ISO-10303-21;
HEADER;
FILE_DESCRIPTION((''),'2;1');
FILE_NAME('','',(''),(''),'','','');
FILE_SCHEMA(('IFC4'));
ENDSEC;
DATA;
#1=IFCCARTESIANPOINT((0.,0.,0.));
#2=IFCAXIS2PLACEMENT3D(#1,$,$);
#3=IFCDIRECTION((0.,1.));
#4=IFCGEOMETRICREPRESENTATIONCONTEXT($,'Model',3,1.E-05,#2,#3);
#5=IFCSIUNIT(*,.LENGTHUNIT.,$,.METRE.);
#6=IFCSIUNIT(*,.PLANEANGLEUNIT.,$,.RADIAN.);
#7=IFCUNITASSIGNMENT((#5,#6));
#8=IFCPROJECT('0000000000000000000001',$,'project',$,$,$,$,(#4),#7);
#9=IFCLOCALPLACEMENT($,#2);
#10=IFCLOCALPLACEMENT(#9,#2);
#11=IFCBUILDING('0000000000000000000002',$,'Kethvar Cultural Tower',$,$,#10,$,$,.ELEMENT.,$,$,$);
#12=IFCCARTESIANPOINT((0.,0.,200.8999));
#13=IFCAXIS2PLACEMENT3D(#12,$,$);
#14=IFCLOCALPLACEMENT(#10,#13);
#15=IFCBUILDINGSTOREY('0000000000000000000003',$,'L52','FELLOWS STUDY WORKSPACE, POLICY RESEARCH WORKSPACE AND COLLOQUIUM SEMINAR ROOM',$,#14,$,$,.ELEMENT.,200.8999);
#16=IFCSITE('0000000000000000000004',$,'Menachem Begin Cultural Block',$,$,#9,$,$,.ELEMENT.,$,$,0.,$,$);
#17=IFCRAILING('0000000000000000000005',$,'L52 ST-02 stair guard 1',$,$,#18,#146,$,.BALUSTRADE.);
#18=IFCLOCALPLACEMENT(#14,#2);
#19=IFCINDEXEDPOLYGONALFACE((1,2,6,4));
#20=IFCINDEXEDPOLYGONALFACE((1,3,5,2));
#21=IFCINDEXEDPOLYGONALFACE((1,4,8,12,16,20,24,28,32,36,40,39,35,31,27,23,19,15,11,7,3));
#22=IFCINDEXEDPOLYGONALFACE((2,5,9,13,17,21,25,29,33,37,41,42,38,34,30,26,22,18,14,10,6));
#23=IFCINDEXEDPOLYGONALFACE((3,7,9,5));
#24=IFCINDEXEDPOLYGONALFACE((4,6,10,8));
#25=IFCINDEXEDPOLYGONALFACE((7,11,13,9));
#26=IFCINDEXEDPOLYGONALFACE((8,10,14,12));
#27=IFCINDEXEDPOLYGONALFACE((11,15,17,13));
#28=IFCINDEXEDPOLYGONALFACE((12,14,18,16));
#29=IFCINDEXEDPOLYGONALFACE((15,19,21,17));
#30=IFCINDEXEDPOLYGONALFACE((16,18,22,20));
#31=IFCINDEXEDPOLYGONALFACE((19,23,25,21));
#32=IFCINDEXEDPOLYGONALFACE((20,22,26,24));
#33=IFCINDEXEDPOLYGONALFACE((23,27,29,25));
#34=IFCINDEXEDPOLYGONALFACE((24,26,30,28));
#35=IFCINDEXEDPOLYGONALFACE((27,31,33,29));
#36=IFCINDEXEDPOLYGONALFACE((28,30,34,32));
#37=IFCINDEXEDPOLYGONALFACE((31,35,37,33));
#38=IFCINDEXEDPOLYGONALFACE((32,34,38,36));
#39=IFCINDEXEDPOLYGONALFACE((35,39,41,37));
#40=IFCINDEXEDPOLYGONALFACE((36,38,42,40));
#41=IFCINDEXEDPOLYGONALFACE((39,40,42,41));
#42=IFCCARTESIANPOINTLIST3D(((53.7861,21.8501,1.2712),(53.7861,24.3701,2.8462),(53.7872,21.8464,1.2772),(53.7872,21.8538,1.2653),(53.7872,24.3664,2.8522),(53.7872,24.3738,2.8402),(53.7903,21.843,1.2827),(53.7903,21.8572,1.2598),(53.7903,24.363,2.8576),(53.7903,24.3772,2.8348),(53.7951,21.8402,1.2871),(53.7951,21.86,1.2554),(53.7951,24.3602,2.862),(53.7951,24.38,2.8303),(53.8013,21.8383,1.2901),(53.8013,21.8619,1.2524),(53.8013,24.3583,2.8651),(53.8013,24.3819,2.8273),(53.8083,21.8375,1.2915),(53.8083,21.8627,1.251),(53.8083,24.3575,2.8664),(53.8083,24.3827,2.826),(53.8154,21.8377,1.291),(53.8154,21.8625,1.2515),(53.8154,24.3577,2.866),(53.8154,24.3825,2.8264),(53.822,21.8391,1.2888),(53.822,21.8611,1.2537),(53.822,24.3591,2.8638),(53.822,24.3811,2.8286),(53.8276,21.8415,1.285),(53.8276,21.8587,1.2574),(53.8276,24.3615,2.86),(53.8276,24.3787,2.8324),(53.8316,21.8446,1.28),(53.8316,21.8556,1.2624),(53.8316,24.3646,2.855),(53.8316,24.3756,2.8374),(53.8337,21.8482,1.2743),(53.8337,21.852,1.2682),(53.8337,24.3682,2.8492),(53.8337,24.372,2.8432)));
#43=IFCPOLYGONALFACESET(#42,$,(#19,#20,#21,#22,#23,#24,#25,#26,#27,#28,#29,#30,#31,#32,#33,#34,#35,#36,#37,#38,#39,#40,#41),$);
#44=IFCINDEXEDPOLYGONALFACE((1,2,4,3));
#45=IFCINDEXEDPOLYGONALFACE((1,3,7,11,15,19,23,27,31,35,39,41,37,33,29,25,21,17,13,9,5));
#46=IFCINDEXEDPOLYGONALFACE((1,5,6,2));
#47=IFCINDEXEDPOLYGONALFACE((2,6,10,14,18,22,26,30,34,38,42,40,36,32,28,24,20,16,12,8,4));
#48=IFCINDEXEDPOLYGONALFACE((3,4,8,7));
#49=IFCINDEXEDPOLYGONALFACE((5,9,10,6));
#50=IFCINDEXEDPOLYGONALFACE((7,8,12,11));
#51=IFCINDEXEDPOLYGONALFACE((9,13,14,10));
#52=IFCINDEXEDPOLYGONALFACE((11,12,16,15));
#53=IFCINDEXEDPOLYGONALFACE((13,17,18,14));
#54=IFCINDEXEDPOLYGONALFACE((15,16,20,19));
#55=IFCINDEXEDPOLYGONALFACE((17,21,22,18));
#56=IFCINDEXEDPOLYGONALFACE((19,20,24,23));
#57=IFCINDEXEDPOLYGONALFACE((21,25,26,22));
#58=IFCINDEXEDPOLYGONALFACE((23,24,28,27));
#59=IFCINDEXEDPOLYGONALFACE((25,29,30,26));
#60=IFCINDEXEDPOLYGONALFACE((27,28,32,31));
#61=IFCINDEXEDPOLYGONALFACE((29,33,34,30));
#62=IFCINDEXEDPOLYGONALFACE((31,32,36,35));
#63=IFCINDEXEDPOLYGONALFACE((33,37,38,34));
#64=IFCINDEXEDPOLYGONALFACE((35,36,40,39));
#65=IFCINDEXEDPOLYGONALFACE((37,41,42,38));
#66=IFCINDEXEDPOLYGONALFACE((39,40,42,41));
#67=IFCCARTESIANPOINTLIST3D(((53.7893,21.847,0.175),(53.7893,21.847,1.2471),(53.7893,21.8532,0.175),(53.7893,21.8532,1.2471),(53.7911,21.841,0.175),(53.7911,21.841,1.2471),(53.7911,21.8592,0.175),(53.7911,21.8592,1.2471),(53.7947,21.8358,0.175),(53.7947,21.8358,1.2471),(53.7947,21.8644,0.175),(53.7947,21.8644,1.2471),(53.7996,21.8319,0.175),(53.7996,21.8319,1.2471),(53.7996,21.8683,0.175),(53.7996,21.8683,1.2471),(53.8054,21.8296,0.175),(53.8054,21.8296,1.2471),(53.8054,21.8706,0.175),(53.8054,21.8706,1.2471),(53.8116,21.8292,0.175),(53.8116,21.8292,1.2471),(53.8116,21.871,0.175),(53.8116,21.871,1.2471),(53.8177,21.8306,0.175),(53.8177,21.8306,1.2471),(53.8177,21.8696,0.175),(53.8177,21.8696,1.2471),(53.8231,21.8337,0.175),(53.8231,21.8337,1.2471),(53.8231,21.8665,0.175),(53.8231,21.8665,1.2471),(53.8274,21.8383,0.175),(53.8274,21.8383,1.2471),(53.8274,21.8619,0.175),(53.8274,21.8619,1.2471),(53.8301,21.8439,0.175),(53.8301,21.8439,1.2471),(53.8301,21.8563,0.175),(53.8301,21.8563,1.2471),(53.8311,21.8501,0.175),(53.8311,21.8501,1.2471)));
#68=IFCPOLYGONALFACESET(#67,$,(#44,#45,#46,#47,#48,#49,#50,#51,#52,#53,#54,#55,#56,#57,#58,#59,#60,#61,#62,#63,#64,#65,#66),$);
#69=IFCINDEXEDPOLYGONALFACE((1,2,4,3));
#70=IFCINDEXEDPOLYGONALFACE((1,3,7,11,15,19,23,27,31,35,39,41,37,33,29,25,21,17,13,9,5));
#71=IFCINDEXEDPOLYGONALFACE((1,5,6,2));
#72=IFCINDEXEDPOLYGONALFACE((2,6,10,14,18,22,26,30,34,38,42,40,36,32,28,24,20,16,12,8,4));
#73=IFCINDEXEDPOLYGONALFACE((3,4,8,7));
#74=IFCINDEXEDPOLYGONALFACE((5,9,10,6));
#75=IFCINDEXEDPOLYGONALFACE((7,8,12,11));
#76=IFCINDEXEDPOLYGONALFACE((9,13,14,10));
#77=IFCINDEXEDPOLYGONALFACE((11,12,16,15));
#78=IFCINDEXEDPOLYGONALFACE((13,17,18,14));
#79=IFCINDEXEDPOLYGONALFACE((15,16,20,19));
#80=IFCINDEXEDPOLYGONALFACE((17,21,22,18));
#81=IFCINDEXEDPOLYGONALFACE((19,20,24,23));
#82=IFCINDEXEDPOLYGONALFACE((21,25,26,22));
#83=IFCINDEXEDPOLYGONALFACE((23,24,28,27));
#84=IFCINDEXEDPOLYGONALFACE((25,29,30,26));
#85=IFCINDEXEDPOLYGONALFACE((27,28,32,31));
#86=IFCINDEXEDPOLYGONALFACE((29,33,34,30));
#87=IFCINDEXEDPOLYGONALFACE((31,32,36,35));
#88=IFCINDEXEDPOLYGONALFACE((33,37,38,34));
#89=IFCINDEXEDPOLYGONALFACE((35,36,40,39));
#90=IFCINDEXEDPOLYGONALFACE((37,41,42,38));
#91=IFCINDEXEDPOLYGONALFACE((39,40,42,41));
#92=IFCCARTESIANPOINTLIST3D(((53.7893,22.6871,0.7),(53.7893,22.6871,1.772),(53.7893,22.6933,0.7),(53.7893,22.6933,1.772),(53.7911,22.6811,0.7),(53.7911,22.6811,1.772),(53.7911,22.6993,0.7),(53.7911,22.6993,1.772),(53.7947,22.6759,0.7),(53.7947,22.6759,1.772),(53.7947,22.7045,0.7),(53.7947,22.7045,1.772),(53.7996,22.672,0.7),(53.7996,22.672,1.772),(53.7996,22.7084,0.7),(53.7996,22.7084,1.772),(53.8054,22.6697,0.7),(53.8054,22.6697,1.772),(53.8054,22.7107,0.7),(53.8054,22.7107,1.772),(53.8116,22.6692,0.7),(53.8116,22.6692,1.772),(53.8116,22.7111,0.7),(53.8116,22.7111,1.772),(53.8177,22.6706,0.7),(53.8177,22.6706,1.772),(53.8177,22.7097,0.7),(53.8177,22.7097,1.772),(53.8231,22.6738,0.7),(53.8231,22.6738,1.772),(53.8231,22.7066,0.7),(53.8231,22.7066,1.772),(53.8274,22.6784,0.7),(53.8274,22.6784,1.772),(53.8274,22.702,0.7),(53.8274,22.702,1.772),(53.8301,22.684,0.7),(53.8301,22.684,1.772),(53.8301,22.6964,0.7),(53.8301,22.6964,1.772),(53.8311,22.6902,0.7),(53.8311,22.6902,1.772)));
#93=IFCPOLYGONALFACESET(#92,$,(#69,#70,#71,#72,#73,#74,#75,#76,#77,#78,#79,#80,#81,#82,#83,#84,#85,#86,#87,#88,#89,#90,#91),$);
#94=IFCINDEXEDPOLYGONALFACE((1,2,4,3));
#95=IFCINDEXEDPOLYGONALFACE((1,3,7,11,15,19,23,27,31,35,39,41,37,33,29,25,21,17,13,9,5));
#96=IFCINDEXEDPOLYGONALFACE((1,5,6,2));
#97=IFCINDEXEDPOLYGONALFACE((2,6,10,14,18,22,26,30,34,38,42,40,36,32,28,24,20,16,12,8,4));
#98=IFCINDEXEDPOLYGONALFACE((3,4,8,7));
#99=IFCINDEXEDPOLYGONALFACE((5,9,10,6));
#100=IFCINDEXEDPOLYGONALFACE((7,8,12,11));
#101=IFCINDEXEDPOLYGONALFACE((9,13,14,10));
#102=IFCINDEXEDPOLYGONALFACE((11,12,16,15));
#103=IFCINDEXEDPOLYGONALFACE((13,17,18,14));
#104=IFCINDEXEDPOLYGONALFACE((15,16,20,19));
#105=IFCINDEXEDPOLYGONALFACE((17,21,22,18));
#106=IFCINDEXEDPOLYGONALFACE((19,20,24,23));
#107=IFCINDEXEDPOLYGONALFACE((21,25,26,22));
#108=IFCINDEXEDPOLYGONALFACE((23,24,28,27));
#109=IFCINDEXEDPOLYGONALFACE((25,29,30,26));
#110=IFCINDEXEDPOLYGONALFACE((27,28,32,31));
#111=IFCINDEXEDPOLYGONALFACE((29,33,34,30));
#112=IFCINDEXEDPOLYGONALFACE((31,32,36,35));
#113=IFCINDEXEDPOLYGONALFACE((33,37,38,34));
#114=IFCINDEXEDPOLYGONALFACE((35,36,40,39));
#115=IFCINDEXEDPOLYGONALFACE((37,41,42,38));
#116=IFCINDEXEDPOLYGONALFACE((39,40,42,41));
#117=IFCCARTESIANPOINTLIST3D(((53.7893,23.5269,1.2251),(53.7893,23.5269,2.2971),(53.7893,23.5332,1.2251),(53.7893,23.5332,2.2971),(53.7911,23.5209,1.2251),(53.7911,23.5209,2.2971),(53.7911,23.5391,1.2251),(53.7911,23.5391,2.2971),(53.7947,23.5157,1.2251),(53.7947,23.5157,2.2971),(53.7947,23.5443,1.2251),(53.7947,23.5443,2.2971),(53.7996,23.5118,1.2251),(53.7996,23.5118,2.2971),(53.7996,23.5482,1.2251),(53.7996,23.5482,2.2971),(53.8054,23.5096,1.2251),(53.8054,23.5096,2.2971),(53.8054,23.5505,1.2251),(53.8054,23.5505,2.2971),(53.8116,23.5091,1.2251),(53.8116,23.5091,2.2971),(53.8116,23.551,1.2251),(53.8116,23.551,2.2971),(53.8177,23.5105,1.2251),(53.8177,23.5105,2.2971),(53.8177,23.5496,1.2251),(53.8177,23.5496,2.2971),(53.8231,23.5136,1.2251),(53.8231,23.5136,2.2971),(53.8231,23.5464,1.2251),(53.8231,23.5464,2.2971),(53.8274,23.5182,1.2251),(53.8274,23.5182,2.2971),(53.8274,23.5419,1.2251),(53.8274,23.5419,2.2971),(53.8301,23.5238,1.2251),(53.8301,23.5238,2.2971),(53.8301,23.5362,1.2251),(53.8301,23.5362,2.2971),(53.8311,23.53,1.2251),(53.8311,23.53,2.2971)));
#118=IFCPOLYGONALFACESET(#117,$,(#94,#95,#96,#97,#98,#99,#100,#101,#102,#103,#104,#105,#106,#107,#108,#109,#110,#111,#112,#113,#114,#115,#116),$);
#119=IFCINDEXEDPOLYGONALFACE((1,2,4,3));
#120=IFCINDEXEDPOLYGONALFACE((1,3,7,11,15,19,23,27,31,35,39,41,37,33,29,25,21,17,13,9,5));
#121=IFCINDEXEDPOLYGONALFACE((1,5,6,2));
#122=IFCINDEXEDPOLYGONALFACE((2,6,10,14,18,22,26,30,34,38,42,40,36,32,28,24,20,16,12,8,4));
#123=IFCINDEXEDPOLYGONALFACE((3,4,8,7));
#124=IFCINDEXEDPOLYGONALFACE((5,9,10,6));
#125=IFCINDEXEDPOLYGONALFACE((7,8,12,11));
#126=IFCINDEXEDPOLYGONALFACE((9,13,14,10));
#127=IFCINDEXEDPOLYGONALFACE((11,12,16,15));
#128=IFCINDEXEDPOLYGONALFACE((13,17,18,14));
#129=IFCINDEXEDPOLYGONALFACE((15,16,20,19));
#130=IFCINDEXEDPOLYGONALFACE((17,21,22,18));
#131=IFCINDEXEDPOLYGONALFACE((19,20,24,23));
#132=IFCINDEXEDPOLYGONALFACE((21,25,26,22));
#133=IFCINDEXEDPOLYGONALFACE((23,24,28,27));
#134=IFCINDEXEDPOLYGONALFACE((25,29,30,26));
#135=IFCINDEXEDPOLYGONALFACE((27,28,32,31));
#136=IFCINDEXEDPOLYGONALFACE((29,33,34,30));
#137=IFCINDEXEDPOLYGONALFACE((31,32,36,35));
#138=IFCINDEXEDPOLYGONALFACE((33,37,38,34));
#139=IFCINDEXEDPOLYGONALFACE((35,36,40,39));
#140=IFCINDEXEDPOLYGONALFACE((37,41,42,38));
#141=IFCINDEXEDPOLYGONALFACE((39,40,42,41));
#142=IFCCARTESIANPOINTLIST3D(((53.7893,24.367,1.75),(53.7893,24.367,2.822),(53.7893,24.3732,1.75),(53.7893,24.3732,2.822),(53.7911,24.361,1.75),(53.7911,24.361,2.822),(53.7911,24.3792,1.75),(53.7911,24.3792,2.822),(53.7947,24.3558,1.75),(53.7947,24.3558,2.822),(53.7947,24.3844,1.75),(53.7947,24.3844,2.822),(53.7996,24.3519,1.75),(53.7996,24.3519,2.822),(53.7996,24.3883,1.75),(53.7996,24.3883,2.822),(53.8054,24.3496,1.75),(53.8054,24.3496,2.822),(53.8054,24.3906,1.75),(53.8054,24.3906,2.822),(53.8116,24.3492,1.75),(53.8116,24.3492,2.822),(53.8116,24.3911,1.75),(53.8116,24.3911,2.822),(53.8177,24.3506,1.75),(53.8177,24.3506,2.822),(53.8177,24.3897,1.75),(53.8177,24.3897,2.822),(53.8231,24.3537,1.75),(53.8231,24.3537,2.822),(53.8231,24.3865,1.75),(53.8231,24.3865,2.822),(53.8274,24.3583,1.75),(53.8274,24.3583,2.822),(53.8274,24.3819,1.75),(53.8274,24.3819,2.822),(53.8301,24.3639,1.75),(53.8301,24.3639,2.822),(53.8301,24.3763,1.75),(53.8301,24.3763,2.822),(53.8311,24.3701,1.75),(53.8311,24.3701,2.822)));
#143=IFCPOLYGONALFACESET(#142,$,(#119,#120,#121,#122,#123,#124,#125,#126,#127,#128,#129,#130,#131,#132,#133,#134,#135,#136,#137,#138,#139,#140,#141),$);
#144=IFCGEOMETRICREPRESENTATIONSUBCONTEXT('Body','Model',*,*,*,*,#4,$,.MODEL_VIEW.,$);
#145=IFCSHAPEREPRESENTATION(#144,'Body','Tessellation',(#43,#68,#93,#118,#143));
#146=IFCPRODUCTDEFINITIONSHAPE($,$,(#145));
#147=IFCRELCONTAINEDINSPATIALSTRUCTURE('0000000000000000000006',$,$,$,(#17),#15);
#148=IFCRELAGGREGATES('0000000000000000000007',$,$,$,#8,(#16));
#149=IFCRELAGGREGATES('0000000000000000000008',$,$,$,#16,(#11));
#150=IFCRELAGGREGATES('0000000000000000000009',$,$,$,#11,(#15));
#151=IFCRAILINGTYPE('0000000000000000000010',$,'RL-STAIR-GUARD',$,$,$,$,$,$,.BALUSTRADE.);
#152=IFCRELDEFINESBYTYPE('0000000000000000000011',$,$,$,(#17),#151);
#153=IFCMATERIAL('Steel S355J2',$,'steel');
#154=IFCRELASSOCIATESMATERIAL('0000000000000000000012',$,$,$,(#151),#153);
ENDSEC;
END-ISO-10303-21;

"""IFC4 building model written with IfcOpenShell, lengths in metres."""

from ifc_helpers import new_model, si_unit, direction, frame, origin, origin_2d, place, context, subcontext, project, spatial, circle, extrude, material, type_object, element, save


model = new_model("IFC4")

# Units and contexts
model_context = context("Model", 3, precision=1e-05, world=origin(), true_north=direction((0.0, 1.0)))
body_context = subcontext(model_context, "Body", "Model", "MODEL_VIEW")
ifc_project = project(units=[si_unit("LENGTHUNIT", "METRE"), si_unit("PLANEANGLEUNIT", "RADIAN")], contexts=[model_context])

# Site, building, storey
site_placement = place(None, origin())
site = spatial("IfcSite", under=ifc_project, at=site_placement, Name="Menachem Begin Cultural Block", CompositionType="ELEMENT", RefElevation=0.0)
building_placement = place(site_placement, origin())
building = spatial("IfcBuilding", under=site, at=building_placement, Name="Kethvar Cultural Tower", CompositionType="ELEMENT")
storey_placement = place(building_placement, frame((0.0, 0.0, 200.8999)))
storey = spatial("IfcBuildingStorey", under=building, at=storey_placement, Name="L52", Description="FELLOWS STUDY WORKSPACE, POLICY RESEARCH WORKSPACE AND COLLOQUIUM SEMINAR ROOM", CompositionType="ELEMENT", Elevation=200.8999)

# Shared definitions
ifc_material_1 = material(Name="Steel S355J2", Category="steel")

# Railing
railing_type_1 = type_object("IfcRailingType", Name="RL-STAIR-GUARD", PredefinedType="BALUSTRADE", material=ifc_material_1)
railing_1_placement = place(storey_placement, frame((53.8101, 21.8501, 0.175)))
element("IfcRailing", 1, at=railing_1_placement, inside=storey, type_object=railing_type_1, Name="L52 ST-02 stair guard 1", PredefinedType="BALUSTRADE", context=body_context, shape_type="SweptSolid", body=[
    extrude(circle(Radius=0.0239, at=origin_2d()), frame((0.0, 0.0, 1.0962), z_axis=(0.0, 0.848008, 0.529984), x_axis=(-1.0, 0.0, 0.0)), (0.0, 0.0, 1.0), 2.9717),
    extrude(circle(Radius=0.021, at=origin_2d()), origin(), (0.0, 0.0, 1.0), 1.072),
    extrude(circle(Radius=0.021, at=origin_2d()), frame((0.0, 0.8401, 0.5249)), (0.0, 0.0, 1.0), 1.072),
    extrude(circle(Radius=0.021, at=origin_2d()), frame((0.0, 1.6799, 1.05)), (0.0, 0.0, 1.0), 1.072),
    extrude(circle(Radius=0.021, at=origin_2d()), frame((0.0, 2.52, 1.575)), (0.0, 0.0, 1.0), 1.072),
])

save(model, "model.ifc")
